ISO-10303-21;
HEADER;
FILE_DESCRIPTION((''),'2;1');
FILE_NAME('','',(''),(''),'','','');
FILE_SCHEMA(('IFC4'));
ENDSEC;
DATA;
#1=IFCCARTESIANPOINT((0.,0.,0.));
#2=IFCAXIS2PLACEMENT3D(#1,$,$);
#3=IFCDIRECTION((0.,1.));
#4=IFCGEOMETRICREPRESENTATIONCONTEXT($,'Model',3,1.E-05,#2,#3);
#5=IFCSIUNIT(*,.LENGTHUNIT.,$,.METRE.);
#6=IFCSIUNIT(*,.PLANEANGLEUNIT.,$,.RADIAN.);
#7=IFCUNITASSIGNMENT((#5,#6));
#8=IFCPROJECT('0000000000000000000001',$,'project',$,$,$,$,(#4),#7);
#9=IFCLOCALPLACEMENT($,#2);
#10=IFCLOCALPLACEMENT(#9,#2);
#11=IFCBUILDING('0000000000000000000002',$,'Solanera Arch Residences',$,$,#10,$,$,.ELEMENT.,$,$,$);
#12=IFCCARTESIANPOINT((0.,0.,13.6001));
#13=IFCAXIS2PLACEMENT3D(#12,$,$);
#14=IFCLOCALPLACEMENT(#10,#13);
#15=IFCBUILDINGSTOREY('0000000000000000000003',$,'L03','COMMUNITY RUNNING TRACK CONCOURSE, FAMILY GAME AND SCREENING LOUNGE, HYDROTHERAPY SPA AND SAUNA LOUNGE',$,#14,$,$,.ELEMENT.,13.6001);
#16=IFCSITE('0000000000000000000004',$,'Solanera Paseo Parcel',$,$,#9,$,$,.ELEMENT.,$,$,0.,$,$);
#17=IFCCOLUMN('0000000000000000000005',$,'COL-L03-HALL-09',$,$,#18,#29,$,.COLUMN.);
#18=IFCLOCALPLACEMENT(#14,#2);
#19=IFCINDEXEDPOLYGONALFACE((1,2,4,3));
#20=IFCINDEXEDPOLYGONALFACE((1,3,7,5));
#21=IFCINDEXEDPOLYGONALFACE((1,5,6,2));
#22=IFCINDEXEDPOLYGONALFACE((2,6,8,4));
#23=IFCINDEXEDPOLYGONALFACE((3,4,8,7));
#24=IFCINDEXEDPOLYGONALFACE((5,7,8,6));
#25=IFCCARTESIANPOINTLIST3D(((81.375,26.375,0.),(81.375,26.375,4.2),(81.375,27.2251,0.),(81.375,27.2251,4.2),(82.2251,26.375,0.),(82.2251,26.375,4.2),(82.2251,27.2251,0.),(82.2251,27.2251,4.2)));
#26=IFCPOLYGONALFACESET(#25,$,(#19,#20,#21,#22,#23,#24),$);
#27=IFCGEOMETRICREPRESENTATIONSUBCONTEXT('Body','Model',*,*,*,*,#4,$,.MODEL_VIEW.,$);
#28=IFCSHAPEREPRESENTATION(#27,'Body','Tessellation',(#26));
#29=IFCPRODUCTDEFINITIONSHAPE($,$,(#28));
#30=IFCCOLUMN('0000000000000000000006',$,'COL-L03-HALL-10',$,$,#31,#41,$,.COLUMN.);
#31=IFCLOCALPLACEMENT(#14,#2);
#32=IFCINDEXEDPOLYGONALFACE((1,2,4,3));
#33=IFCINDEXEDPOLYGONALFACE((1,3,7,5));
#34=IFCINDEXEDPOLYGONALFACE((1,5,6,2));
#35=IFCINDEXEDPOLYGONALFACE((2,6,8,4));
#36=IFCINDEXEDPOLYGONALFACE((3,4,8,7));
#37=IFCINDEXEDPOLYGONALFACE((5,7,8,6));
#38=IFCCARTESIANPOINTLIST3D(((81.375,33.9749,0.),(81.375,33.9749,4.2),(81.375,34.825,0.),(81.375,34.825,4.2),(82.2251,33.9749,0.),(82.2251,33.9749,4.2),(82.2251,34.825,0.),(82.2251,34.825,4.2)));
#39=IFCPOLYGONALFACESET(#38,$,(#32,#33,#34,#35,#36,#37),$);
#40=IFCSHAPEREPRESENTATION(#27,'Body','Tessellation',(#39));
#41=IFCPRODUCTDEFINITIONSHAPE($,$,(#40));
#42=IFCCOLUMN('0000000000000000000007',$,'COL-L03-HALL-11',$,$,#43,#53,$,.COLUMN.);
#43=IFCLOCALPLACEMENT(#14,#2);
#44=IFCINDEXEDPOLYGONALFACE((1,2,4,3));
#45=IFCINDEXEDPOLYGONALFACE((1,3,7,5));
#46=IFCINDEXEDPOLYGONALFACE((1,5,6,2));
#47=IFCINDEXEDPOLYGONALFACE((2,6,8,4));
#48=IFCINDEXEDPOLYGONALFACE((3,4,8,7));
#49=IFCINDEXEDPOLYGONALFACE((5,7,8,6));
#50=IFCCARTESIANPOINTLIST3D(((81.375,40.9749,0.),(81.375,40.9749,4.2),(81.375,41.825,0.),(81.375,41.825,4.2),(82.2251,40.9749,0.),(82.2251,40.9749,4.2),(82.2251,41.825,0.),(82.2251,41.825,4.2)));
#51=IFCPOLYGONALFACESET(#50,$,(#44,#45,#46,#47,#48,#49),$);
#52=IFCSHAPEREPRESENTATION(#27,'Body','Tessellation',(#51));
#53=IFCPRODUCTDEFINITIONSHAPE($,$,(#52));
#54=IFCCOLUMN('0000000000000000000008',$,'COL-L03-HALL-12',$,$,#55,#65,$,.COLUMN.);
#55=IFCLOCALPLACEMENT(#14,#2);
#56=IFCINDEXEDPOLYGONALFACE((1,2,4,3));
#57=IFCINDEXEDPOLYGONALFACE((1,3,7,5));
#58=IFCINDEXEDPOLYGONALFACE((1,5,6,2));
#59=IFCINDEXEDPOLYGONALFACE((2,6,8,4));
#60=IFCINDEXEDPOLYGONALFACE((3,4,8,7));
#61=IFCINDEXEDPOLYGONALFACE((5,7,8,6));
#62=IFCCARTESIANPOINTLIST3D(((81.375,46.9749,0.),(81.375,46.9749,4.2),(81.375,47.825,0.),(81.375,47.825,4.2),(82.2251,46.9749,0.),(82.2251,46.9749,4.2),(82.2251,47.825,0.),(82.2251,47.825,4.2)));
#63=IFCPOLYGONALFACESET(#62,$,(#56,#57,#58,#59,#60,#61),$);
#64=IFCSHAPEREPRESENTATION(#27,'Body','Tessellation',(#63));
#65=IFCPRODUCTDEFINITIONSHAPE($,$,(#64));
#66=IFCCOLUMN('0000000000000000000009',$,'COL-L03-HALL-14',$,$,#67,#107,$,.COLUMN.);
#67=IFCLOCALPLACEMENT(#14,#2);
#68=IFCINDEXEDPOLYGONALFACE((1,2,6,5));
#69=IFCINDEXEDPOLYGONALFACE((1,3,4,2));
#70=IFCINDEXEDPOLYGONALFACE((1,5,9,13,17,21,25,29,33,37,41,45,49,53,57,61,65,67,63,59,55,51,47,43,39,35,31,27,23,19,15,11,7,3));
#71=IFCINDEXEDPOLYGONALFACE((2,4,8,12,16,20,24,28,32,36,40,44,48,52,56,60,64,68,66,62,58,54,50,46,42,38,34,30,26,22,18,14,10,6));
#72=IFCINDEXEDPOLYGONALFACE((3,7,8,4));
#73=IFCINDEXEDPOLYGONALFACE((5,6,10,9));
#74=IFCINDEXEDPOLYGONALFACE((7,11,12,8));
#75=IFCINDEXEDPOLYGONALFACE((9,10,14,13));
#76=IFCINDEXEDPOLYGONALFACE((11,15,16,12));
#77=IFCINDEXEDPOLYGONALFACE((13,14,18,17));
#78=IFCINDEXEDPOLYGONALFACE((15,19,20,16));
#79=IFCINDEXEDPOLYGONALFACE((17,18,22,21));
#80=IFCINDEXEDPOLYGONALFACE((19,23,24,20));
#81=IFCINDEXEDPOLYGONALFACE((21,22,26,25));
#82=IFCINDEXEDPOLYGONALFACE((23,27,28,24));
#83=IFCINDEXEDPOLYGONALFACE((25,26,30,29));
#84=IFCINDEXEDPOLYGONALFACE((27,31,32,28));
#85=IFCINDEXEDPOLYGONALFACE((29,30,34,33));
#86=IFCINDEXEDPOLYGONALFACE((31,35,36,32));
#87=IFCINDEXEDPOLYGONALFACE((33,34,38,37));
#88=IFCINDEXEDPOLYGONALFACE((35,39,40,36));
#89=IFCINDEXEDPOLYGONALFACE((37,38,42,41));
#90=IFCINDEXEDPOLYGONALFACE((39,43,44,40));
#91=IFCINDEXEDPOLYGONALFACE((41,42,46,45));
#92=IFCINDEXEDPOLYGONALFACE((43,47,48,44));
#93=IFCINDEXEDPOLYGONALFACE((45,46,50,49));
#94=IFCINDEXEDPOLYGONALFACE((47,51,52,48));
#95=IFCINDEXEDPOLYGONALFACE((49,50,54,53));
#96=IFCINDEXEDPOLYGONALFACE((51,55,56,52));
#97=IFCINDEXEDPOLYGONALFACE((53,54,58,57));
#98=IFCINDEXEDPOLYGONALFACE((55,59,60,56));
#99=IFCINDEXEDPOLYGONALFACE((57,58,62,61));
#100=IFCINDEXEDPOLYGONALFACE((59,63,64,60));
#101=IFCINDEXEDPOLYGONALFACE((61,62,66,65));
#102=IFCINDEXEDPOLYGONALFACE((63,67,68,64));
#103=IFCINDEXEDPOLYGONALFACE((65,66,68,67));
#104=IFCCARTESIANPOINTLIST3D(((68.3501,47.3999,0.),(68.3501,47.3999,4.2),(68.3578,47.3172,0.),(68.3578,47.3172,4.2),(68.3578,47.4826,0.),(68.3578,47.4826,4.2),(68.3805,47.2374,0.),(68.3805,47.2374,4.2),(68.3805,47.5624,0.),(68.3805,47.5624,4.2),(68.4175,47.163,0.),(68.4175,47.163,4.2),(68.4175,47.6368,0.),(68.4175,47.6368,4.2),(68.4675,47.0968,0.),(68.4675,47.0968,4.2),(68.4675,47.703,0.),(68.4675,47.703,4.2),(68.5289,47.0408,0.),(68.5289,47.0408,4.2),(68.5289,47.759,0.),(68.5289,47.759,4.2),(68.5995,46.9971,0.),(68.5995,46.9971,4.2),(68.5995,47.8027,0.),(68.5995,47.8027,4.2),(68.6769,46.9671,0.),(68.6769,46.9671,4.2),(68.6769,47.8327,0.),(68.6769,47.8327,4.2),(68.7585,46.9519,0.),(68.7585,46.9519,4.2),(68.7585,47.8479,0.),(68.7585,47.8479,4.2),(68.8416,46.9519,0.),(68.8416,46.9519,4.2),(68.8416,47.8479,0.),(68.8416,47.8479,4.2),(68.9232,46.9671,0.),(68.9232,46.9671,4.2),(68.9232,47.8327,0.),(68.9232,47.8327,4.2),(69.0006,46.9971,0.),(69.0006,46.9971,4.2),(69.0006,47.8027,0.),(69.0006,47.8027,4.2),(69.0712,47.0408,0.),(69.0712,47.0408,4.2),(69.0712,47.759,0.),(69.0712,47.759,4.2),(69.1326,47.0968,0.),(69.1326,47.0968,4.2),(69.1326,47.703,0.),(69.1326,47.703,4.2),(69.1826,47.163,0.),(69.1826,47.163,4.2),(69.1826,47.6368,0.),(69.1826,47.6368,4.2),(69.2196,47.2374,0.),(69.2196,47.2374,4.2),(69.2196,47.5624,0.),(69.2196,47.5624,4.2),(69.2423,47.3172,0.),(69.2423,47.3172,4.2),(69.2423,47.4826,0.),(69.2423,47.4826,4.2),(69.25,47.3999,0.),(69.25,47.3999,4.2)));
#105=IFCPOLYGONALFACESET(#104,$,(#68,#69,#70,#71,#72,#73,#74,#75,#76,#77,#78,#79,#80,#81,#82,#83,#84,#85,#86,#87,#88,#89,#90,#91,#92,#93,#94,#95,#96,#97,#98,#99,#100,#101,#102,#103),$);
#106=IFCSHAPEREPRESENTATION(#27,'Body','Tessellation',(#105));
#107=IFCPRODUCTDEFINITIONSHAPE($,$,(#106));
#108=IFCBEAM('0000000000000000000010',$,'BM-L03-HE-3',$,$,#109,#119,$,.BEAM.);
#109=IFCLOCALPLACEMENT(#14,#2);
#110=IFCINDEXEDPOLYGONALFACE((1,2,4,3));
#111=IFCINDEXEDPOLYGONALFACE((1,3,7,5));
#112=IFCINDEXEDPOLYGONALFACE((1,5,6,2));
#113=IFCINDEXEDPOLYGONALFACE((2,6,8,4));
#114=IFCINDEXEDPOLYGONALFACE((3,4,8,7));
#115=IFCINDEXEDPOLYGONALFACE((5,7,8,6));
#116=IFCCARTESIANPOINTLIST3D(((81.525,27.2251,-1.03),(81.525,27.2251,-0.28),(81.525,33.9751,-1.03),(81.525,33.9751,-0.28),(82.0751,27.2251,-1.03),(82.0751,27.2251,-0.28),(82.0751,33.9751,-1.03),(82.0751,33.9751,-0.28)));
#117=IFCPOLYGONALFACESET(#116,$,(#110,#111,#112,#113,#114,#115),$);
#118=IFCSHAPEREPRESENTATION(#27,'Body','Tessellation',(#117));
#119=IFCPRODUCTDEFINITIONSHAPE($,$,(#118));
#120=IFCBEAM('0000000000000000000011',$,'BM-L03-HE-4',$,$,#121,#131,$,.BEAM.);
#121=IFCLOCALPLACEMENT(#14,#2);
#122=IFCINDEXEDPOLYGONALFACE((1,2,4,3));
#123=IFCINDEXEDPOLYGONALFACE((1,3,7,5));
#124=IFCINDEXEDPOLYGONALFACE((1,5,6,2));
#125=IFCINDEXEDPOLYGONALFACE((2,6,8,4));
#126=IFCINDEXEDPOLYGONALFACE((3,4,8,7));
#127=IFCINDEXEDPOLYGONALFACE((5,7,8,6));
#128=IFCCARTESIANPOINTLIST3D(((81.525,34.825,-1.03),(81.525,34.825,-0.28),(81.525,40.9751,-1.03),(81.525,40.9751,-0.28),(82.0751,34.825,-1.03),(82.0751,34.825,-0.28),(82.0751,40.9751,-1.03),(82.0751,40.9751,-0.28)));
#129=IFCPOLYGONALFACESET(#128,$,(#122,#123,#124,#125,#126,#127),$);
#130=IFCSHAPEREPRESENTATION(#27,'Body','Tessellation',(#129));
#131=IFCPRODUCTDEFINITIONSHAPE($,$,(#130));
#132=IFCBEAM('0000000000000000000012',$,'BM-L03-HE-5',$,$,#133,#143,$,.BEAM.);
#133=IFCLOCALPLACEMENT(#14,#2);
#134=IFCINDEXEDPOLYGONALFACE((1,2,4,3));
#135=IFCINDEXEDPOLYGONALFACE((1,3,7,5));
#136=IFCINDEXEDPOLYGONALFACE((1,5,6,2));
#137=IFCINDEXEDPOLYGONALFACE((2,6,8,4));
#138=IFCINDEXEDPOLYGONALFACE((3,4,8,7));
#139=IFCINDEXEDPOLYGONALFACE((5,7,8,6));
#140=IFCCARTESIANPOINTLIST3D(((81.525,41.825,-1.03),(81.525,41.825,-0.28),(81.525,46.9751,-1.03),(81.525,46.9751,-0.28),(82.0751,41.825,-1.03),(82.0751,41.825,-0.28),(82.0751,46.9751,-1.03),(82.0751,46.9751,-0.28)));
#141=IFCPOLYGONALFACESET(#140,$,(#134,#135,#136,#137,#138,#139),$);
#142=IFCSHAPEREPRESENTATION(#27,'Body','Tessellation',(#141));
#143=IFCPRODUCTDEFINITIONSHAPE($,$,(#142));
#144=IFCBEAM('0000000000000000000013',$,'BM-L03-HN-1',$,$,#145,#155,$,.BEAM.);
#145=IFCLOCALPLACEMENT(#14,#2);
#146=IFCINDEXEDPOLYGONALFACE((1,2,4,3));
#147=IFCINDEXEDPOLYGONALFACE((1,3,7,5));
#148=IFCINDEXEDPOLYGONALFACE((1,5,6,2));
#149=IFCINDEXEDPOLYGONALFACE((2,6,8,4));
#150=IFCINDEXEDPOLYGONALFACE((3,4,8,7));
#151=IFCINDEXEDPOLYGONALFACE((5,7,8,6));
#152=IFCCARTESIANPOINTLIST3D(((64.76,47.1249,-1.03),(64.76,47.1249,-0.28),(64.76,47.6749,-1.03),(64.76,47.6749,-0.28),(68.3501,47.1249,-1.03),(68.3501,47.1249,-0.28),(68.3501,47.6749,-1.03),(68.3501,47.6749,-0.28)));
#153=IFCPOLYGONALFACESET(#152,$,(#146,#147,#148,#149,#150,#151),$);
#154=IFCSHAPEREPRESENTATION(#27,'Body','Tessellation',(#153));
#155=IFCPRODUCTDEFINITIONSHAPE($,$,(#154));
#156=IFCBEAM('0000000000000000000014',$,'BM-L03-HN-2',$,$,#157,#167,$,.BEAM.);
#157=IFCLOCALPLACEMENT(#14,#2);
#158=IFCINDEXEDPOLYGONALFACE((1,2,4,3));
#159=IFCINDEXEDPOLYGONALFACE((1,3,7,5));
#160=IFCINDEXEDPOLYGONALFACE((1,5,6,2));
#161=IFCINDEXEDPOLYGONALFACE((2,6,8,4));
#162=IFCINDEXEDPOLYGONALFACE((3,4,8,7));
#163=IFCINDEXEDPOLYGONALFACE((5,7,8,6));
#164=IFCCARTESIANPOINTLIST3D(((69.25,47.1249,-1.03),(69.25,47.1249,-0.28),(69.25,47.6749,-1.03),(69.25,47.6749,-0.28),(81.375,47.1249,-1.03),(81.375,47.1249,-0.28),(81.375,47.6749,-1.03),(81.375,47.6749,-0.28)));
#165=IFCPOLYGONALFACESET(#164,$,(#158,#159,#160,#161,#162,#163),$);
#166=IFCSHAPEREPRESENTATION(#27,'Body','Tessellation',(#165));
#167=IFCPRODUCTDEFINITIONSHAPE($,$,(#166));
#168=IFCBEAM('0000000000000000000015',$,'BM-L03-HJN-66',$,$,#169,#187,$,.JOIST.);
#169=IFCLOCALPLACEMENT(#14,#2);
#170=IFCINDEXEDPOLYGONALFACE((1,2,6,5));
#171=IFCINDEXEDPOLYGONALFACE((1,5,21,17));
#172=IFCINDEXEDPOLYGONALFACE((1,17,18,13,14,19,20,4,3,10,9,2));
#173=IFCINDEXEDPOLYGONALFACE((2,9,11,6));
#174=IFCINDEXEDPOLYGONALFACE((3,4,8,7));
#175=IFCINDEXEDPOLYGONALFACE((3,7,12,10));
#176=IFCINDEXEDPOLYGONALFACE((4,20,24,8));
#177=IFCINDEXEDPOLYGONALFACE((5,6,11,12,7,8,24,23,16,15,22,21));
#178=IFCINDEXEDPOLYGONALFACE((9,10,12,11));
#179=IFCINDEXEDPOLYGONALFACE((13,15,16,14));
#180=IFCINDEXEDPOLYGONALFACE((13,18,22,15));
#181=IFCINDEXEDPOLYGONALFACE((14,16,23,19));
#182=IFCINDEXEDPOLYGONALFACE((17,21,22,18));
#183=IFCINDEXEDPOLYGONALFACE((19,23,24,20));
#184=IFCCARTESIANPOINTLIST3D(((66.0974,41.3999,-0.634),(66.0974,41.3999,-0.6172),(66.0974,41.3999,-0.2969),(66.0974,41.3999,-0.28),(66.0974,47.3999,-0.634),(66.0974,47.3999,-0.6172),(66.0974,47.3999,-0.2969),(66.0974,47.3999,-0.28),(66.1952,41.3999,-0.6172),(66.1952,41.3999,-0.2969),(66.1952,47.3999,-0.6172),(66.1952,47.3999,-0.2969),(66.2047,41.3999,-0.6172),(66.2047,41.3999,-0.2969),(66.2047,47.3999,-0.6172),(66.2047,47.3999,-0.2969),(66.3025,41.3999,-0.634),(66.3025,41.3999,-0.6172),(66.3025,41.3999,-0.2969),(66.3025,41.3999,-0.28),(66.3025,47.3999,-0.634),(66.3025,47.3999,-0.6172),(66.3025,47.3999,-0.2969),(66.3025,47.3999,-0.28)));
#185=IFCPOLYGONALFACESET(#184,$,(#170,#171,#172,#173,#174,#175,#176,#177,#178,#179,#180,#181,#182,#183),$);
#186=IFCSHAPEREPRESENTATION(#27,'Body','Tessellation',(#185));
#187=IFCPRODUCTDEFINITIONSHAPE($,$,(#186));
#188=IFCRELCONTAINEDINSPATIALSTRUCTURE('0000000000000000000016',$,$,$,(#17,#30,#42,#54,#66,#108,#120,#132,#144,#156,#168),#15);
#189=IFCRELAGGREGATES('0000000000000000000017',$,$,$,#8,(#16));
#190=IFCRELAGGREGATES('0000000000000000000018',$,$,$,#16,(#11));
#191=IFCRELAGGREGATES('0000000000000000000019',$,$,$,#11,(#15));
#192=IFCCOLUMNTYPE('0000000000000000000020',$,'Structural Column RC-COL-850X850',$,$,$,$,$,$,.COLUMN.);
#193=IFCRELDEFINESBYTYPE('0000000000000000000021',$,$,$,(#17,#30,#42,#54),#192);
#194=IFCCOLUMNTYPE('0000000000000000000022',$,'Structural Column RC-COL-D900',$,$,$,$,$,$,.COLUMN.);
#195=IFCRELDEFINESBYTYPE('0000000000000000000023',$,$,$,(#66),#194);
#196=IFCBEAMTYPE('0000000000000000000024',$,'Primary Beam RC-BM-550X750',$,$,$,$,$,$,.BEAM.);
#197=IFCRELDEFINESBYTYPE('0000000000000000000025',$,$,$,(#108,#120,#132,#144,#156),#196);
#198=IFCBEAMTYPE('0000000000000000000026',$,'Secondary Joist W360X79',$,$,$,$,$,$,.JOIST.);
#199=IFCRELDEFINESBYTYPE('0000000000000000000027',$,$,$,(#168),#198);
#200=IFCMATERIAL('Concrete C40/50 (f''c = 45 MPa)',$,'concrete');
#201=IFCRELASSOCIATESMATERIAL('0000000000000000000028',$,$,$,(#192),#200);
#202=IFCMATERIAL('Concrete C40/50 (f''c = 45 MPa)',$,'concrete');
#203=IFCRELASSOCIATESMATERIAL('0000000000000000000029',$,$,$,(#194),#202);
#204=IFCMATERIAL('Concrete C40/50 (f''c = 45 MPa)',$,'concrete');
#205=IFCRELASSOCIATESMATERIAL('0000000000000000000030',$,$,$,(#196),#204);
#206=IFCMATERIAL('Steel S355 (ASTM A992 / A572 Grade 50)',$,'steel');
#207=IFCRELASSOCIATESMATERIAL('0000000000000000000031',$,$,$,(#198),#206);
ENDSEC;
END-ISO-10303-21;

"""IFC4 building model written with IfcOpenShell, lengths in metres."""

from ifc_helpers import new_model, si_unit, direction, frame, origin, origin_2d, place, context, subcontext, project, spatial, rectangle, circle, i_section, extrude, material, material_profile, profile_set, type_object, element, save


model = new_model("IFC4")

# Units and contexts
model_context = context("Model", 3, precision=1e-05, world=origin(), true_north=direction((0.0, 1.0)))
body_context = subcontext(model_context, "Body", "Model", "MODEL_VIEW")
ifc_project = project(units=[si_unit("LENGTHUNIT", "METRE"), si_unit("PLANEANGLEUNIT", "RADIAN")], contexts=[model_context])

# Site, building, storey
site_placement = place(None, origin())
site = spatial("IfcSite", under=ifc_project, at=site_placement, Name="Solanera Paseo Parcel", CompositionType="ELEMENT", RefElevation=0.0)
building_placement = place(site_placement, origin())
building = spatial("IfcBuilding", under=site, at=building_placement, Name="Solanera Arch Residences", CompositionType="ELEMENT")
storey_placement = place(building_placement, frame((0.0, 0.0, 13.6001)))
storey = spatial("IfcBuildingStorey", under=building, at=storey_placement, Name="L03", Description="COMMUNITY RUNNING TRACK CONCOURSE, FAMILY GAME AND SCREENING LOUNGE, HYDROTHERAPY SPA AND SAUNA LOUNGE", CompositionType="ELEMENT", Elevation=13.6001)

# Columns
ifc_material_1 = material(Name="Concrete C40/50 (f'c = 45 MPa)", Category="concrete")
ifc_material_profile_1 = material_profile(ifc_material_1, rectangle(XDim=0.8501, YDim=0.8501, at=origin_2d()))
ifc_profile_set_1 = profile_set([ifc_material_profile_1], Name="Concrete C40/50 (f'c = 45 MPa)")
column_type_1 = type_object("IfcColumnType", Name="Structural Column RC-COL-850X850", PredefinedType="COLUMN", material=ifc_profile_set_1)
for number, where, z_axis, x_axis, name in (
    (1, (81.8, 26.8, 0.0), (0.0, 0.0, 1.0), (1.0, 0.0, 0.0), "COL-L03-HALL-09"),
    (2, (81.8, 34.3999, 0.0), (0.0, 0.0, 1.0), (1.0, 0.0, 0.0), "COL-L03-HALL-10"),
    (3, (81.8, 41.3999, 0.0), (0.0, 0.0, 1.0), (1.0, 0.0, 0.0), "COL-L03-HALL-11"),
    (4, (81.8, 47.3999, 0.0), (0.0, 0.0, 1.0), (1.0, 0.0, 0.0), "COL-L03-HALL-12"),
):
    element("IfcColumn", number, at=place(storey_placement, frame(where, z_axis=z_axis, x_axis=x_axis)), inside=storey, type_object=column_type_1, Name=name, PredefinedType="COLUMN", context=body_context, shape_type="SweptSolid", body=[
        extrude(rectangle(XDim=0.8501, YDim=0.8501, at=origin_2d()), origin(), (0.0, 0.0, 1.0), 4.2),
    ])
ifc_material_2 = material(Name="Concrete C40/50 (f'c = 45 MPa)", Category="concrete")
ifc_material_profile_2 = material_profile(ifc_material_2, circle(Radius=0.45, at=origin_2d()))
ifc_profile_set_2 = profile_set([ifc_material_profile_2], Name="Concrete C40/50 (f'c = 45 MPa)")
column_type_2 = type_object("IfcColumnType", Name="Structural Column RC-COL-D900", PredefinedType="COLUMN", material=ifc_profile_set_2)
column_placement = place(storey_placement, frame((68.8, 47.3999, 0.0), z_axis=(0.0, 0.0, 1.0), x_axis=(1.0, 0.0, 0.0)))
element("IfcColumn", 5, at=column_placement, inside=storey, type_object=column_type_2, Name="COL-L03-HALL-14", PredefinedType="COLUMN", context=body_context, shape_type="SweptSolid", body=[
    extrude(circle(Radius=0.45, at=origin_2d()), origin(), (0.0, 0.0, 1.0), 4.2),
])

# Beams
ifc_material_3 = material(Name="Concrete C40/50 (f'c = 45 MPa)", Category="concrete")
ifc_material_profile_3 = material_profile(ifc_material_3, rectangle(XDim=0.55, YDim=0.75, at=origin_2d()))
ifc_profile_set_3 = profile_set([ifc_material_profile_3], Name="Concrete C40/50 (f'c = 45 MPa)")
beam_type_1 = type_object("IfcBeamType", Name="Primary Beam RC-BM-550X750", PredefinedType="BEAM", material=ifc_profile_set_3)
beam_1_placement = place(storey_placement, frame((81.8, 27.2251, -0.655), z_axis=(0.0, 1.0, 0.0), x_axis=(-1.0, 0.0, 0.0)))
element("IfcBeam", 6, at=beam_1_placement, inside=storey, type_object=beam_type_1, Name="BM-L03-HE-3", PredefinedType="BEAM", context=body_context, shape_type="SweptSolid", body=[
    extrude(rectangle(XDim=0.55, YDim=0.75, at=origin_2d()), origin(), (0.0, 0.0, 1.0), 6.75),
])
beam_2_placement = place(storey_placement, frame((81.8, 34.825, -0.655), z_axis=(0.0, 1.0, 0.0), x_axis=(-1.0, 0.0, 0.0)))
element("IfcBeam", 7, at=beam_2_placement, inside=storey, type_object=beam_type_1, Name="BM-L03-HE-4", PredefinedType="BEAM", context=body_context, shape_type="SweptSolid", body=[
    extrude(rectangle(XDim=0.55, YDim=0.75, at=origin_2d()), origin(), (0.0, 0.0, 1.0), 6.1501),
])
beam_3_placement = place(storey_placement, frame((81.8, 41.825, -0.655), z_axis=(0.0, 1.0, 0.0), x_axis=(-1.0, 0.0, 0.0)))
element("IfcBeam", 8, at=beam_3_placement, inside=storey, type_object=beam_type_1, Name="BM-L03-HE-5", PredefinedType="BEAM", context=body_context, shape_type="SweptSolid", body=[
    extrude(rectangle(XDim=0.55, YDim=0.75, at=origin_2d()), origin(), (0.0, 0.0, 1.0), 5.1501),
])
beam_4_placement = place(storey_placement, frame((64.76, 47.3999, -0.655), z_axis=(1.0, 0.0, 0.0), x_axis=(0.0, 1.0, 0.0)))
element("IfcBeam", 9, at=beam_4_placement, inside=storey, type_object=beam_type_1, Name="BM-L03-HN-1", PredefinedType="BEAM", context=body_context, shape_type="SweptSolid", body=[
    extrude(rectangle(XDim=0.55, YDim=0.75, at=origin_2d()), origin(), (0.0, 0.0, 1.0), 3.5901),
])
beam_5_placement = place(storey_placement, frame((69.25, 47.3999, -0.655), z_axis=(1.0, 0.0, 0.0), x_axis=(0.0, 1.0, 0.0)))
element("IfcBeam", 10, at=beam_5_placement, inside=storey, type_object=beam_type_1, Name="BM-L03-HN-2", PredefinedType="BEAM", context=body_context, shape_type="SweptSolid", body=[
    extrude(rectangle(XDim=0.55, YDim=0.75, at=origin_2d()), origin(), (0.0, 0.0, 1.0), 12.125),
])
ifc_material_4 = material(Name="Steel S355 (ASTM A992 / A572 Grade 50)", Category="steel")
ifc_material_profile_4 = material_profile(ifc_material_4, i_section(OverallWidth=0.2051, OverallDepth=0.354, WebThickness=0.0095, FlangeThickness=0.0168, at=origin_2d()))
ifc_profile_set_4 = profile_set([ifc_material_profile_4], Name="Steel S355 (ASTM A992 / A572 Grade 50)")
beam_type_2 = type_object("IfcBeamType", Name="Secondary Joist W360X79", PredefinedType="JOIST", material=ifc_profile_set_4)
for number, where, z_axis, x_axis, name in (
    (11, (66.2, 41.3999, -0.457), (0.0, 1.0, 0.0), (-1.0, 0.0, 0.0), "BM-L03-HJN-66"),
):
    element("IfcBeam", number, at=place(storey_placement, frame(where, z_axis=z_axis, x_axis=x_axis)), inside=storey, type_object=beam_type_2, Name=name, PredefinedType="JOIST", context=body_context, shape_type="SweptSolid", body=[
        extrude(i_section(OverallWidth=0.2051, OverallDepth=0.354, WebThickness=0.0095, FlangeThickness=0.0168, at=origin_2d()), origin(), (0.0, 0.0, 1.0), 6.0),
    ])

save(model, "model.ifc")
